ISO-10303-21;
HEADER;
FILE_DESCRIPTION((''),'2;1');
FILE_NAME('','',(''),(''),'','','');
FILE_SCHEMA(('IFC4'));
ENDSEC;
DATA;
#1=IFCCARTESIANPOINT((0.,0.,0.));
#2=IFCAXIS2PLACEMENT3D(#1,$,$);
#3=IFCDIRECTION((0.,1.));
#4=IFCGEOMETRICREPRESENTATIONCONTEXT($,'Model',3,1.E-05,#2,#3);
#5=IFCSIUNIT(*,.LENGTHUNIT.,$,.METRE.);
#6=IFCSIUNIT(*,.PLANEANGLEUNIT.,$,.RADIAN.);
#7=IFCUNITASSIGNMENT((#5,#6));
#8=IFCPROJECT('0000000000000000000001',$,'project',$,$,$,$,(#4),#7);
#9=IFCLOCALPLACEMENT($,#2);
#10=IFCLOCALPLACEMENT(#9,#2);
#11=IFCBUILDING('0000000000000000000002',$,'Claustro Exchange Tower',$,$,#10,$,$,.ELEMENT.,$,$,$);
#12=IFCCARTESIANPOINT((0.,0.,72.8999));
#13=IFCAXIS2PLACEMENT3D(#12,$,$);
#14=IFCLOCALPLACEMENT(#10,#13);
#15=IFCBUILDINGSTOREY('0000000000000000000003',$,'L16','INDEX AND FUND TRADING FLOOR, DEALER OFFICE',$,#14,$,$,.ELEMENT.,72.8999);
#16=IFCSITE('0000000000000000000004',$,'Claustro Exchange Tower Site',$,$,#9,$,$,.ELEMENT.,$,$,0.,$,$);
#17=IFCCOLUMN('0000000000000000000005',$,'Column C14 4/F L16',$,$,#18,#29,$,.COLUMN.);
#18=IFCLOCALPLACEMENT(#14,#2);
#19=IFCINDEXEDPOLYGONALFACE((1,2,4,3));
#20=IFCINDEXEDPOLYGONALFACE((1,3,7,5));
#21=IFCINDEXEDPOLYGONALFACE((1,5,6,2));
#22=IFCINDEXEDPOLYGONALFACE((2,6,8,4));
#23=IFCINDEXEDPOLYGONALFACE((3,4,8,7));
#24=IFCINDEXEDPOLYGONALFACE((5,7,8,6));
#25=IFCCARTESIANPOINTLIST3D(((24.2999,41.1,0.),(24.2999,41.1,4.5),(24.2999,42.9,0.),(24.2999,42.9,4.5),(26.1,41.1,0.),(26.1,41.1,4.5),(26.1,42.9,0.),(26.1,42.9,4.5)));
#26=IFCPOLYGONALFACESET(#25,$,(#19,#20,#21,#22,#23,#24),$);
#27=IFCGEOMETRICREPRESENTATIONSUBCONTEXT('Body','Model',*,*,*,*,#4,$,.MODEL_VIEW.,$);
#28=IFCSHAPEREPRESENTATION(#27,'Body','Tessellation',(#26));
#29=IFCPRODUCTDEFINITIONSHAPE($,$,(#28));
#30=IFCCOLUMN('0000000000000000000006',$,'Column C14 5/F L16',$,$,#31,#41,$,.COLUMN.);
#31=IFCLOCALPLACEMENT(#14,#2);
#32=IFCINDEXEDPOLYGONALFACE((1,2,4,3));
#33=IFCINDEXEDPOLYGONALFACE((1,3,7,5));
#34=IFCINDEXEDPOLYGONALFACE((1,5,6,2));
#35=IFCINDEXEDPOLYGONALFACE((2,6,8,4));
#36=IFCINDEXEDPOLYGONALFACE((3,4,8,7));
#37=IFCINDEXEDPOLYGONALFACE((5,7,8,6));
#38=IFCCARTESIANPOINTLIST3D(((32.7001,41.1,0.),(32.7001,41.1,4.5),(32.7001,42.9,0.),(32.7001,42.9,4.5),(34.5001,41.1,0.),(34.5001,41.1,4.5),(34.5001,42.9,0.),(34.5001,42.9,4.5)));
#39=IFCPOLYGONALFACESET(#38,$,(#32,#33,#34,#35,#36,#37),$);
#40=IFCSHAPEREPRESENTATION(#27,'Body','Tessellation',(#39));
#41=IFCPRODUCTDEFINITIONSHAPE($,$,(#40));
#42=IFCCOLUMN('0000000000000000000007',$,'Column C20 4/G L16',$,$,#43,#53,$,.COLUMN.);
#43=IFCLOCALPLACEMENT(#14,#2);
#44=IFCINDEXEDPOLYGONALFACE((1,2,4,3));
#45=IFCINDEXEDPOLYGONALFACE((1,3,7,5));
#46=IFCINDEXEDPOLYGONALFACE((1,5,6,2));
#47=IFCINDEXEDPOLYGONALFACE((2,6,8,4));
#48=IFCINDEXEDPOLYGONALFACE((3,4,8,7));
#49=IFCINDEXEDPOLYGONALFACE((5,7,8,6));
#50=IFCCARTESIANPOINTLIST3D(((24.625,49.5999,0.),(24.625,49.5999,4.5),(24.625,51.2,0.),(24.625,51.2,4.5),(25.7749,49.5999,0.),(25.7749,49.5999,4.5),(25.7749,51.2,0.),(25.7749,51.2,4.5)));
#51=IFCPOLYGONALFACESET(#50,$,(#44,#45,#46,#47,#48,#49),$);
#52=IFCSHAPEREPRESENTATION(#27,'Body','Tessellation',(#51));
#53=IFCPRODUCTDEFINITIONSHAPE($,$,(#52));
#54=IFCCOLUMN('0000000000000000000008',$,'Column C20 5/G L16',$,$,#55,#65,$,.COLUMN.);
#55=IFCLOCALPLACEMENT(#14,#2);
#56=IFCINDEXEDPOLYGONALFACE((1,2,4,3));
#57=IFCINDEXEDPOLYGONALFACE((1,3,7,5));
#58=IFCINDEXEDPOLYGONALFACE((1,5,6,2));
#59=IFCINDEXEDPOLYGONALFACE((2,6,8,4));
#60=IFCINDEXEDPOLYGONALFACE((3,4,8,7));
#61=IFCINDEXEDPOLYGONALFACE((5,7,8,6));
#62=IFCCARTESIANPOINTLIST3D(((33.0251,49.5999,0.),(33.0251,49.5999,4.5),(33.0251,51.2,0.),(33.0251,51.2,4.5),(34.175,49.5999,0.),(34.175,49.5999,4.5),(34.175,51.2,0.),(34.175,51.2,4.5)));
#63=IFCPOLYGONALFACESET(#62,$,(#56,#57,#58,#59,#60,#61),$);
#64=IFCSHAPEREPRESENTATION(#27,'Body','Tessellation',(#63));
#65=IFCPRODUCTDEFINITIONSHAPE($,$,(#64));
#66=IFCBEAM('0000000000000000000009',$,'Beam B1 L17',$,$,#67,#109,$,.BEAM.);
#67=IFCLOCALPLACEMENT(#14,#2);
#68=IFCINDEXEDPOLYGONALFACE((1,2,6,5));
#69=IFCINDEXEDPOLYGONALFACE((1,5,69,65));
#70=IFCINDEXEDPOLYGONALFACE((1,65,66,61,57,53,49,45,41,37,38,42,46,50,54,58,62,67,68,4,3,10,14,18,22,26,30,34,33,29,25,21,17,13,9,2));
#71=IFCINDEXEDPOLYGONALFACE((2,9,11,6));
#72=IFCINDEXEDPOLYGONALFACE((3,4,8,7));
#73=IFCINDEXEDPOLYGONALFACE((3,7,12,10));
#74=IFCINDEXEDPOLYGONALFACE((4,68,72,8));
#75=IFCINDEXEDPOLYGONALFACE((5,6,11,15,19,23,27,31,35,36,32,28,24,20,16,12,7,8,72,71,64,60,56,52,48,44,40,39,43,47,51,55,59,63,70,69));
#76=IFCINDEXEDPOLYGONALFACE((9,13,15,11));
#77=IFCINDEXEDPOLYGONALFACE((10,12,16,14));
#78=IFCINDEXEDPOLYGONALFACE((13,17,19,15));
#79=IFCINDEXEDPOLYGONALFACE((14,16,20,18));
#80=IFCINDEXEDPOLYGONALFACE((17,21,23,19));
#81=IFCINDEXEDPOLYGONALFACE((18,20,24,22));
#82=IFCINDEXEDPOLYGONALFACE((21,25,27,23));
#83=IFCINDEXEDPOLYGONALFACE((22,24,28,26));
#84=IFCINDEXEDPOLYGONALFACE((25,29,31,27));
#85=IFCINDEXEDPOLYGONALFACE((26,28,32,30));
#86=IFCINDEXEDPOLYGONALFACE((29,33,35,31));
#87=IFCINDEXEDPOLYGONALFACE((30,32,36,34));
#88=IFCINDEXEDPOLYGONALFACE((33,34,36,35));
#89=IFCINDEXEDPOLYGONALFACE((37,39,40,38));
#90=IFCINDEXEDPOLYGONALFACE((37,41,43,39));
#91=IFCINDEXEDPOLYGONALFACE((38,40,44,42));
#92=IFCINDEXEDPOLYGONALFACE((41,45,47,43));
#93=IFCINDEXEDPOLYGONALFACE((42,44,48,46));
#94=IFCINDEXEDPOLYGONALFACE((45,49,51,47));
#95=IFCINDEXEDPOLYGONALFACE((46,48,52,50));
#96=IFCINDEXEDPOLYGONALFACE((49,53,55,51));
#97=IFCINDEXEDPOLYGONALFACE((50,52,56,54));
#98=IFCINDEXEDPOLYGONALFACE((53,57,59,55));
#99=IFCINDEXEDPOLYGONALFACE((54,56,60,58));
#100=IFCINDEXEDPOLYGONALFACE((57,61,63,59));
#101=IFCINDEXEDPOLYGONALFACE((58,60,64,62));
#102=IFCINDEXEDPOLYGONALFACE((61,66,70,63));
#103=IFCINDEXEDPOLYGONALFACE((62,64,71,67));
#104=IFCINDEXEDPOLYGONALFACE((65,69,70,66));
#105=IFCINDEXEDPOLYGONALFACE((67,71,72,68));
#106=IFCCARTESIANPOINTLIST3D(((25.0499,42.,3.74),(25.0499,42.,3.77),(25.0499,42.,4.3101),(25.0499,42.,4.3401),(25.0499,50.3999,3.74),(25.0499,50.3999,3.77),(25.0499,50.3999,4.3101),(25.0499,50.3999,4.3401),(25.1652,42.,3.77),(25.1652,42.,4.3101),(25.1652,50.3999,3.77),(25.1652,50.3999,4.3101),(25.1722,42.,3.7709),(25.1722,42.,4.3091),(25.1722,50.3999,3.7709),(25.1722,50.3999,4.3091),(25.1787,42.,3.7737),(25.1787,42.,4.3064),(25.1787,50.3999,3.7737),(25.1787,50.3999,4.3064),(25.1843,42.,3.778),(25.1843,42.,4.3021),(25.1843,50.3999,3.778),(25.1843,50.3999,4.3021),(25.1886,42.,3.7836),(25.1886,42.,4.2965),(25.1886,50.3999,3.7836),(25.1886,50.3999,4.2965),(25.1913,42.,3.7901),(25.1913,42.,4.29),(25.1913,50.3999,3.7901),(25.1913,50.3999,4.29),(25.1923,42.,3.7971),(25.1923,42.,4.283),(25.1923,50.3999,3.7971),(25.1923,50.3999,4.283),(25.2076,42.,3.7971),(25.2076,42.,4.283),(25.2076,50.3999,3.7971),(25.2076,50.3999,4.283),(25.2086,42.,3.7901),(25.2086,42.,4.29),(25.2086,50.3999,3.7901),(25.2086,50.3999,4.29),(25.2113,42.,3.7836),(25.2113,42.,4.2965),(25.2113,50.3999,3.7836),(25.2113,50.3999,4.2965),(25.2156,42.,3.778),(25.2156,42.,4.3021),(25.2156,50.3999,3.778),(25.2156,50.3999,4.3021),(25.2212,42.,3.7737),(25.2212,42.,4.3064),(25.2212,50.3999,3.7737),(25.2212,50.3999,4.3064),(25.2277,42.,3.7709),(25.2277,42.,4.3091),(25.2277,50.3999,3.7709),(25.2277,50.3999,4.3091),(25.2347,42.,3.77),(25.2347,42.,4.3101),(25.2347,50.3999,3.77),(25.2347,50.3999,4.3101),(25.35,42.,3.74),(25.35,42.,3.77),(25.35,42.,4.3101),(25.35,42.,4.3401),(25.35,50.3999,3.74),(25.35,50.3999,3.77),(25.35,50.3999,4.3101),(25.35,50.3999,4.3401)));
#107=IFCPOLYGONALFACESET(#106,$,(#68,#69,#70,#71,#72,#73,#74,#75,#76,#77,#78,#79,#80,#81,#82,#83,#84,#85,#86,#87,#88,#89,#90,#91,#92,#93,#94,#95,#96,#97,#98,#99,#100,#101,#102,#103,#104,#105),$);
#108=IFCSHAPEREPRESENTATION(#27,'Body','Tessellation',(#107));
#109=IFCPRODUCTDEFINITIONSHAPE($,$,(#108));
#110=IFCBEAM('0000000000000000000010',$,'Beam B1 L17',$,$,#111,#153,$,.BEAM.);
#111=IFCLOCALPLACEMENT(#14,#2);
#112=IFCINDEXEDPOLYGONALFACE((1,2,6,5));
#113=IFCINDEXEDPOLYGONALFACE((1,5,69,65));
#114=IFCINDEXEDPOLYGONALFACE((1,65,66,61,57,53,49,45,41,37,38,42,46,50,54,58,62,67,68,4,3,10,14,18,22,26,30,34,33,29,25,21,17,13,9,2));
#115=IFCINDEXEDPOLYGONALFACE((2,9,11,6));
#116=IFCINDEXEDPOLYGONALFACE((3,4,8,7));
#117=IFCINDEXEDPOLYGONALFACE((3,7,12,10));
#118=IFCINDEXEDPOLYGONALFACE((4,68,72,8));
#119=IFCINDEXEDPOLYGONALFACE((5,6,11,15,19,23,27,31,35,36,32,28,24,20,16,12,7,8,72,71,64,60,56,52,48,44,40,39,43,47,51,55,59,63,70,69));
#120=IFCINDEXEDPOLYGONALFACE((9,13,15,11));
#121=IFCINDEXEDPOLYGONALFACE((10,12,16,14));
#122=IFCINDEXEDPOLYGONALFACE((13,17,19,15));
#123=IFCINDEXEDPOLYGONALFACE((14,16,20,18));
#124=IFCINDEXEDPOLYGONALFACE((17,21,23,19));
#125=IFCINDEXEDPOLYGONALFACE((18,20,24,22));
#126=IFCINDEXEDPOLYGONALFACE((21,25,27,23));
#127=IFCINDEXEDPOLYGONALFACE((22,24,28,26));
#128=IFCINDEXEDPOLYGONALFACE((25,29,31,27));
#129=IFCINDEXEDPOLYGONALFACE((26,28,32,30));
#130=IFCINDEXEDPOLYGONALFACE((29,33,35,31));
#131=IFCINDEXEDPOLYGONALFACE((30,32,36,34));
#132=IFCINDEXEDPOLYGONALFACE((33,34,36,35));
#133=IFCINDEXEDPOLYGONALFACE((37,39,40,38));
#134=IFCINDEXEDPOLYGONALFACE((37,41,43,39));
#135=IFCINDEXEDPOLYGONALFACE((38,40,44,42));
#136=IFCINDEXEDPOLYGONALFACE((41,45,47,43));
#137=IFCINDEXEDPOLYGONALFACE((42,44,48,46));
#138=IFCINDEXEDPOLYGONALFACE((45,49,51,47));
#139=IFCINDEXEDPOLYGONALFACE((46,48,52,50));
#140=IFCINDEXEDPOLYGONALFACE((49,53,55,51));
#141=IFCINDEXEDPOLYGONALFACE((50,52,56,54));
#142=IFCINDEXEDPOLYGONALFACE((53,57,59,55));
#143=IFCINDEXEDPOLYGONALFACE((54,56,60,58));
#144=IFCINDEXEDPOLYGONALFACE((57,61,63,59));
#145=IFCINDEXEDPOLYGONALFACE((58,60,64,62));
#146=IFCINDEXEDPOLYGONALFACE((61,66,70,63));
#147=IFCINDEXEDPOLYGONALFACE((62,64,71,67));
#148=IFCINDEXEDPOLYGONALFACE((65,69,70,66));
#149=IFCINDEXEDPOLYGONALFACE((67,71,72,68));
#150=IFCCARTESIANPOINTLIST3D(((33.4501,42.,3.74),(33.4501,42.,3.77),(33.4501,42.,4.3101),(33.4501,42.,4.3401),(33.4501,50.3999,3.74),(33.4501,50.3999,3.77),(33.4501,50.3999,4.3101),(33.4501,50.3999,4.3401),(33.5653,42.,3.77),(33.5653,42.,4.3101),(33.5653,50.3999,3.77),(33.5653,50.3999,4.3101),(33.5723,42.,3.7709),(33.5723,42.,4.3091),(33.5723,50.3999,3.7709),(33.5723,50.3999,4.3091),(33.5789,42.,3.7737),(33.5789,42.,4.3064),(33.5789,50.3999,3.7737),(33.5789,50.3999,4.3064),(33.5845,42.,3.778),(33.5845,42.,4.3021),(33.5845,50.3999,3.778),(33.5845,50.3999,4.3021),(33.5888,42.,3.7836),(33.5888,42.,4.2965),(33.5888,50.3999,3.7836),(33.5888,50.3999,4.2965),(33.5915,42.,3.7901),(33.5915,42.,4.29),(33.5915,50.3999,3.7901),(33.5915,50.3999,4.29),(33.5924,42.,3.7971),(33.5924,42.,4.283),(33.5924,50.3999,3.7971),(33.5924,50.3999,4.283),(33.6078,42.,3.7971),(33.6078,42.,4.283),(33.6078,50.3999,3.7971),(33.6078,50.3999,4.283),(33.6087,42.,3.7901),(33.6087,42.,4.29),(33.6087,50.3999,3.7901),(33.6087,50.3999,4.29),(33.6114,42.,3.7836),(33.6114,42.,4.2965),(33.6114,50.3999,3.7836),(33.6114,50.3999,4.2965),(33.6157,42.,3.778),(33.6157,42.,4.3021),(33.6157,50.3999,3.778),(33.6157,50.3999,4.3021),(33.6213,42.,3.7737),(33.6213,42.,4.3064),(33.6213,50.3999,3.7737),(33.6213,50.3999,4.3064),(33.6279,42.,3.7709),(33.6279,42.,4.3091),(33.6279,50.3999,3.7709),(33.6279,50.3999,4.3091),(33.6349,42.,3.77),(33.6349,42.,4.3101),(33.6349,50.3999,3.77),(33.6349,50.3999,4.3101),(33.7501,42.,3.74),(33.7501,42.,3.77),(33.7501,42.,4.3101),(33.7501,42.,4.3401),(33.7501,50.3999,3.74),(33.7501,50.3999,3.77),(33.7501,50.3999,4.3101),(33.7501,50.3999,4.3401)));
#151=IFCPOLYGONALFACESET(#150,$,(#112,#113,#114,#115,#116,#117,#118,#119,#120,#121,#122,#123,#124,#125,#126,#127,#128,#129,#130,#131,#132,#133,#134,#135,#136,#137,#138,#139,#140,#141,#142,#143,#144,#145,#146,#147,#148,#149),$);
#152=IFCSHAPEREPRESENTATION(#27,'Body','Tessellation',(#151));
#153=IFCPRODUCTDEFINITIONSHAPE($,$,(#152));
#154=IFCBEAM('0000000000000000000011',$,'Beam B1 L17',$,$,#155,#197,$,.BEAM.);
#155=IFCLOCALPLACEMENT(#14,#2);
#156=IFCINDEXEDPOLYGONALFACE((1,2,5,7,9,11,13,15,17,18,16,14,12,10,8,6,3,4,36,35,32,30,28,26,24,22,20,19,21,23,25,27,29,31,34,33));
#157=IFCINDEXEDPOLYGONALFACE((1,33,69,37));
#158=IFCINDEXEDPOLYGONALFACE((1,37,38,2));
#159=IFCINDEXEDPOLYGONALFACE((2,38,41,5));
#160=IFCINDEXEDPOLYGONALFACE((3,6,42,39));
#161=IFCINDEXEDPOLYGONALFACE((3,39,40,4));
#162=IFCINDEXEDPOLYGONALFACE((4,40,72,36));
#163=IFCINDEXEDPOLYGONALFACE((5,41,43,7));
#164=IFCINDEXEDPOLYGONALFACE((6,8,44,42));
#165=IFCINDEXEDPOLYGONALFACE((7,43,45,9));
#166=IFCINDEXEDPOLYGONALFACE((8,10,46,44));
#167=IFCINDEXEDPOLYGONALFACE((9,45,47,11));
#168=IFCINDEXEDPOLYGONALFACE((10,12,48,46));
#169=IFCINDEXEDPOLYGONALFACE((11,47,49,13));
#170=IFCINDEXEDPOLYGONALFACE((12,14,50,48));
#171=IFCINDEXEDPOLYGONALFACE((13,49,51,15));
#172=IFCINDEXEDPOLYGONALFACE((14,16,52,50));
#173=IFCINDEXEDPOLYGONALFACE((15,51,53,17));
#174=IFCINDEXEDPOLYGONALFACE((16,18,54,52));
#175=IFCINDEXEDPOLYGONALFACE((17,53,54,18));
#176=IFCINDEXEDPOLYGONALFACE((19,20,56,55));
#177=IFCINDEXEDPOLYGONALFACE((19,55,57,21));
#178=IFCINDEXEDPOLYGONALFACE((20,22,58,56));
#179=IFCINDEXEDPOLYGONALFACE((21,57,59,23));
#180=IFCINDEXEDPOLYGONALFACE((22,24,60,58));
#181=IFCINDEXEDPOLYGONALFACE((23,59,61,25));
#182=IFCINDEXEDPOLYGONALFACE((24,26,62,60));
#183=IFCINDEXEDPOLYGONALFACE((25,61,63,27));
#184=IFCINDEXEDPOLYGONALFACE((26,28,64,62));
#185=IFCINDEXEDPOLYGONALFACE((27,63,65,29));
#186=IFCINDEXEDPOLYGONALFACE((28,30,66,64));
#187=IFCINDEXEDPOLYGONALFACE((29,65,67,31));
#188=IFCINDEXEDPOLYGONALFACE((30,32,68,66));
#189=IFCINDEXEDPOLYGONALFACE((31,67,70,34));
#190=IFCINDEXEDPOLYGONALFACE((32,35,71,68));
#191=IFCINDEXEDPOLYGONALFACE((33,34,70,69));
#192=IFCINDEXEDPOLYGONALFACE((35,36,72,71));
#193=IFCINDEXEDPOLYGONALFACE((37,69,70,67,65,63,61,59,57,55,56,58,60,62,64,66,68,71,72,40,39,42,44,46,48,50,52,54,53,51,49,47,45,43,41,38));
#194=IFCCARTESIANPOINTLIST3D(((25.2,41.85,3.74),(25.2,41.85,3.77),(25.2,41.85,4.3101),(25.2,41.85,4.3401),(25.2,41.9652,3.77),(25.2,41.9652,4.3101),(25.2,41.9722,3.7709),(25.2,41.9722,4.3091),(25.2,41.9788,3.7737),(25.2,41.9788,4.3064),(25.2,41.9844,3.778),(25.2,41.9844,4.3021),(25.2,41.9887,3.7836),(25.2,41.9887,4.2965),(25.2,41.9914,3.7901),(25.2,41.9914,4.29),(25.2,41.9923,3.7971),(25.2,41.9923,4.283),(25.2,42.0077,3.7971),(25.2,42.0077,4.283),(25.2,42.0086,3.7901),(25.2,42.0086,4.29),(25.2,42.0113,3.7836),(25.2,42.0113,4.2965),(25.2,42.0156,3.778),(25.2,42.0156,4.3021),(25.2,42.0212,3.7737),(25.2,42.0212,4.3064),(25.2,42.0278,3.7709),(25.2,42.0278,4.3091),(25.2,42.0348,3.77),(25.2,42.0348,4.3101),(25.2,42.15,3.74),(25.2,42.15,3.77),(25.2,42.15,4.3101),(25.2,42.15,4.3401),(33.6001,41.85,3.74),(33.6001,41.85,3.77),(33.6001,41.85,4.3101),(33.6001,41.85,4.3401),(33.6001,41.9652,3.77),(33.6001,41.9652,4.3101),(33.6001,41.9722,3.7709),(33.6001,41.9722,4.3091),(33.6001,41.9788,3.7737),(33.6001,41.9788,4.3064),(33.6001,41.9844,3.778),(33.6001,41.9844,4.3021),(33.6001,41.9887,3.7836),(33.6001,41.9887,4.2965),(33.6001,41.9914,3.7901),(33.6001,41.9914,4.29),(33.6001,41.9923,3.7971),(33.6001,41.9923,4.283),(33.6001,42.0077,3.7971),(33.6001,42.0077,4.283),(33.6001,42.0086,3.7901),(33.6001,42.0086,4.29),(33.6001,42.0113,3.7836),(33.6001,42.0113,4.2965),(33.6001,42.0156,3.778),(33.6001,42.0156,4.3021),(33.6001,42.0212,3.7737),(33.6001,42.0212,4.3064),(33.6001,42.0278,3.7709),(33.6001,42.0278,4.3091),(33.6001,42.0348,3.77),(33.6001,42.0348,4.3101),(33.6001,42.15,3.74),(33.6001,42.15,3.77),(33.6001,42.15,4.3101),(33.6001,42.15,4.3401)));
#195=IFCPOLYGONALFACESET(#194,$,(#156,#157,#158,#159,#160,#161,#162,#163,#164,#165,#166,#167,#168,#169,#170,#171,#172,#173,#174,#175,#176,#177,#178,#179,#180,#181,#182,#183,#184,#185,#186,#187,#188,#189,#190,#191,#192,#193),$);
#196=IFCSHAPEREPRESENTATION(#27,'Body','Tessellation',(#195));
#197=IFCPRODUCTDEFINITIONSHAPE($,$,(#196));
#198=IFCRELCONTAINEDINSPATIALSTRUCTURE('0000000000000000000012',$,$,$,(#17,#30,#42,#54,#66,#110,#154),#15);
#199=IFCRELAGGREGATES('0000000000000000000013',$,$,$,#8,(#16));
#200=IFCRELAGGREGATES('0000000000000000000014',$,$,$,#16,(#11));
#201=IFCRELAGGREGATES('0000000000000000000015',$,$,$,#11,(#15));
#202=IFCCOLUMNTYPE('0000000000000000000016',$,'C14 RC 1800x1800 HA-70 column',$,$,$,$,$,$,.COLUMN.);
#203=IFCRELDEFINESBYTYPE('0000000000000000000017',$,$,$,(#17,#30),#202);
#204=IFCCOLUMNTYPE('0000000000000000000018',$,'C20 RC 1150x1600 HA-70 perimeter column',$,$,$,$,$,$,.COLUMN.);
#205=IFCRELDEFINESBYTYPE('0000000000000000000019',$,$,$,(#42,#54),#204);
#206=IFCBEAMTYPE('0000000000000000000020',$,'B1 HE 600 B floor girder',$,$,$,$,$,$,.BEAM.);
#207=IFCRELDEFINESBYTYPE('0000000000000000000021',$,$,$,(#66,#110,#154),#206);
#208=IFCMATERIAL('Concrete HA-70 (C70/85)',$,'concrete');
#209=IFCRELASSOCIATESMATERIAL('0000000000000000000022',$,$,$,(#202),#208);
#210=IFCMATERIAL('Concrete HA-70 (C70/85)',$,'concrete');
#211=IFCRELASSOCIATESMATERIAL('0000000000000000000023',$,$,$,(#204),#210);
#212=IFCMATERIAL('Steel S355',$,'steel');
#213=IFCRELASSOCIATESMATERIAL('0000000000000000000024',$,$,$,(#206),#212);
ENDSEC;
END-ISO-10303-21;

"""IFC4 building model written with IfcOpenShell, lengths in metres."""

from ifc_helpers import new_model, si_unit, direction, frame, origin, origin_2d, place, context, subcontext, project, spatial, rectangle, i_section, extrude, material, material_profile, profile_set, type_object, element, save


model = new_model("IFC4")

# Units and contexts
model_context = context("Model", 3, precision=1e-05, world=origin(), true_north=direction((0.0, 1.0)))
body_context = subcontext(model_context, "Body", "Model", "MODEL_VIEW")
ifc_project = project(units=[si_unit("LENGTHUNIT", "METRE"), si_unit("PLANEANGLEUNIT", "RADIAN")], contexts=[model_context])

# Site, building, storey
site_placement = place(None, origin())
site = spatial("IfcSite", under=ifc_project, at=site_placement, Name="Claustro Exchange Tower Site", CompositionType="ELEMENT", RefElevation=0.0)
building_placement = place(site_placement, origin())
building = spatial("IfcBuilding", under=site, at=building_placement, Name="Claustro Exchange Tower", CompositionType="ELEMENT")
storey_placement = place(building_placement, frame((0.0, 0.0, 72.8999)))
storey = spatial("IfcBuildingStorey", under=building, at=storey_placement, Name="L16", Description="INDEX AND FUND TRADING FLOOR, DEALER OFFICE", CompositionType="ELEMENT", Elevation=72.8999)

# Columns
ifc_material_1 = material(Name="Concrete HA-70 (C70/85)", Category="concrete")
ifc_material_profile_1 = material_profile(ifc_material_1, rectangle(XDim=1.8, YDim=1.8, at=origin_2d()), Name="RC 1800x1800")
ifc_profile_set_1 = profile_set([ifc_material_profile_1], Name="Concrete HA-70 (C70/85)")
column_type_1 = type_object("IfcColumnType", Name="C14 RC 1800x1800 HA-70 column", PredefinedType="COLUMN", material=ifc_profile_set_1)
for number, where, z_axis, x_axis, name in (
    (1, (25.2, 42.0, 0.0), (0.0, 0.0, 1.0), (1.0, 0.0, 0.0), "Column C14 4/F L16"),
    (2, (33.6001, 42.0, 0.0), (0.0, 0.0, 1.0), (1.0, 0.0, 0.0), "Column C14 5/F L16"),
):
    element("IfcColumn", number, at=place(storey_placement, frame(where, z_axis=z_axis, x_axis=x_axis)), inside=storey, type_object=column_type_1, Name=name, PredefinedType="COLUMN", context=body_context, shape_type="SweptSolid", body=[
        extrude(rectangle(XDim=1.8, YDim=1.8, at=origin_2d()), origin(), (0.0, 0.0, 1.0), 4.5),
    ])
ifc_material_2 = material(Name="Concrete HA-70 (C70/85)", Category="concrete")
ifc_material_profile_2 = material_profile(ifc_material_2, rectangle(XDim=1.1499, YDim=1.6001, at=origin_2d()), Name="RC 1150x1600")
ifc_profile_set_2 = profile_set([ifc_material_profile_2], Name="Concrete HA-70 (C70/85)")
column_type_2 = type_object("IfcColumnType", Name="C20 RC 1150x1600 HA-70 perimeter column", PredefinedType="COLUMN", material=ifc_profile_set_2)
for number, where, z_axis, x_axis, name in (
    (3, (25.2, 50.3999, 0.0), (0.0, 0.0, 1.0), (1.0, 0.0, 0.0), "Column C20 4/G L16"),
    (4, (33.6001, 50.3999, 0.0), (0.0, 0.0, 1.0), (1.0, 0.0, 0.0), "Column C20 5/G L16"),
):
    element("IfcColumn", number, at=place(storey_placement, frame(where, z_axis=z_axis, x_axis=x_axis)), inside=storey, type_object=column_type_2, Name=name, PredefinedType="COLUMN", context=body_context, shape_type="SweptSolid", body=[
        extrude(rectangle(XDim=1.1499, YDim=1.6001, at=origin_2d()), origin(), (0.0, 0.0, 1.0), 4.5),
    ])

# Beams
ifc_material_3 = material(Name="Steel S355", Category="steel")
ifc_material_profile_3 = material_profile(ifc_material_3, i_section(OverallWidth=0.3, OverallDepth=0.6001, WebThickness=0.0154, FlangeThickness=0.03, FilletRadius=0.0271, at=origin_2d()), Name="HE 600 B")
ifc_profile_set_3 = profile_set([ifc_material_profile_3], Name="Steel S355")
beam_type_1 = type_object("IfcBeamType", Name="B1 HE 600 B floor girder", PredefinedType="BEAM", material=ifc_profile_set_3)
for number, where, z_axis, x_axis, name in (
    (5, (25.2, 42.0, 4.04), (0.0, 1.0, 0.0), (-1.0, 0.0, 0.0), "Beam B1 L17"),
    (6, (33.6001, 42.0, 4.04), (0.0, 1.0, 0.0), (-1.0, 0.0, 0.0), "Beam B1 L17"),
):
    element("IfcBeam", number, at=place(storey_placement, frame(where, z_axis=z_axis, x_axis=x_axis)), inside=storey, type_object=beam_type_1, Name=name, PredefinedType="BEAM", context=body_context, shape_type="SweptSolid", body=[
        extrude(i_section(OverallWidth=0.3, OverallDepth=0.6001, WebThickness=0.0154, FlangeThickness=0.03, FilletRadius=0.0271, at=origin_2d()), origin(), (0.0, 0.0, 1.0), 8.3999),
    ])
beam_1_placement = place(storey_placement, frame((25.2, 42.0, 4.04), z_axis=(1.0, 0.0, 0.0), x_axis=(0.0, 1.0, 0.0)))
element("IfcBeam", 7, at=beam_1_placement, inside=storey, type_object=beam_type_1, Name="Beam B1 L17", PredefinedType="BEAM", context=body_context, shape_type="SweptSolid", body=[
    extrude(i_section(OverallWidth=0.3, OverallDepth=0.6001, WebThickness=0.0154, FlangeThickness=0.03, FilletRadius=0.0271, at=origin_2d()), origin(), (0.0, 0.0, 1.0), 8.4001),
])

save(model, "model.ifc")
